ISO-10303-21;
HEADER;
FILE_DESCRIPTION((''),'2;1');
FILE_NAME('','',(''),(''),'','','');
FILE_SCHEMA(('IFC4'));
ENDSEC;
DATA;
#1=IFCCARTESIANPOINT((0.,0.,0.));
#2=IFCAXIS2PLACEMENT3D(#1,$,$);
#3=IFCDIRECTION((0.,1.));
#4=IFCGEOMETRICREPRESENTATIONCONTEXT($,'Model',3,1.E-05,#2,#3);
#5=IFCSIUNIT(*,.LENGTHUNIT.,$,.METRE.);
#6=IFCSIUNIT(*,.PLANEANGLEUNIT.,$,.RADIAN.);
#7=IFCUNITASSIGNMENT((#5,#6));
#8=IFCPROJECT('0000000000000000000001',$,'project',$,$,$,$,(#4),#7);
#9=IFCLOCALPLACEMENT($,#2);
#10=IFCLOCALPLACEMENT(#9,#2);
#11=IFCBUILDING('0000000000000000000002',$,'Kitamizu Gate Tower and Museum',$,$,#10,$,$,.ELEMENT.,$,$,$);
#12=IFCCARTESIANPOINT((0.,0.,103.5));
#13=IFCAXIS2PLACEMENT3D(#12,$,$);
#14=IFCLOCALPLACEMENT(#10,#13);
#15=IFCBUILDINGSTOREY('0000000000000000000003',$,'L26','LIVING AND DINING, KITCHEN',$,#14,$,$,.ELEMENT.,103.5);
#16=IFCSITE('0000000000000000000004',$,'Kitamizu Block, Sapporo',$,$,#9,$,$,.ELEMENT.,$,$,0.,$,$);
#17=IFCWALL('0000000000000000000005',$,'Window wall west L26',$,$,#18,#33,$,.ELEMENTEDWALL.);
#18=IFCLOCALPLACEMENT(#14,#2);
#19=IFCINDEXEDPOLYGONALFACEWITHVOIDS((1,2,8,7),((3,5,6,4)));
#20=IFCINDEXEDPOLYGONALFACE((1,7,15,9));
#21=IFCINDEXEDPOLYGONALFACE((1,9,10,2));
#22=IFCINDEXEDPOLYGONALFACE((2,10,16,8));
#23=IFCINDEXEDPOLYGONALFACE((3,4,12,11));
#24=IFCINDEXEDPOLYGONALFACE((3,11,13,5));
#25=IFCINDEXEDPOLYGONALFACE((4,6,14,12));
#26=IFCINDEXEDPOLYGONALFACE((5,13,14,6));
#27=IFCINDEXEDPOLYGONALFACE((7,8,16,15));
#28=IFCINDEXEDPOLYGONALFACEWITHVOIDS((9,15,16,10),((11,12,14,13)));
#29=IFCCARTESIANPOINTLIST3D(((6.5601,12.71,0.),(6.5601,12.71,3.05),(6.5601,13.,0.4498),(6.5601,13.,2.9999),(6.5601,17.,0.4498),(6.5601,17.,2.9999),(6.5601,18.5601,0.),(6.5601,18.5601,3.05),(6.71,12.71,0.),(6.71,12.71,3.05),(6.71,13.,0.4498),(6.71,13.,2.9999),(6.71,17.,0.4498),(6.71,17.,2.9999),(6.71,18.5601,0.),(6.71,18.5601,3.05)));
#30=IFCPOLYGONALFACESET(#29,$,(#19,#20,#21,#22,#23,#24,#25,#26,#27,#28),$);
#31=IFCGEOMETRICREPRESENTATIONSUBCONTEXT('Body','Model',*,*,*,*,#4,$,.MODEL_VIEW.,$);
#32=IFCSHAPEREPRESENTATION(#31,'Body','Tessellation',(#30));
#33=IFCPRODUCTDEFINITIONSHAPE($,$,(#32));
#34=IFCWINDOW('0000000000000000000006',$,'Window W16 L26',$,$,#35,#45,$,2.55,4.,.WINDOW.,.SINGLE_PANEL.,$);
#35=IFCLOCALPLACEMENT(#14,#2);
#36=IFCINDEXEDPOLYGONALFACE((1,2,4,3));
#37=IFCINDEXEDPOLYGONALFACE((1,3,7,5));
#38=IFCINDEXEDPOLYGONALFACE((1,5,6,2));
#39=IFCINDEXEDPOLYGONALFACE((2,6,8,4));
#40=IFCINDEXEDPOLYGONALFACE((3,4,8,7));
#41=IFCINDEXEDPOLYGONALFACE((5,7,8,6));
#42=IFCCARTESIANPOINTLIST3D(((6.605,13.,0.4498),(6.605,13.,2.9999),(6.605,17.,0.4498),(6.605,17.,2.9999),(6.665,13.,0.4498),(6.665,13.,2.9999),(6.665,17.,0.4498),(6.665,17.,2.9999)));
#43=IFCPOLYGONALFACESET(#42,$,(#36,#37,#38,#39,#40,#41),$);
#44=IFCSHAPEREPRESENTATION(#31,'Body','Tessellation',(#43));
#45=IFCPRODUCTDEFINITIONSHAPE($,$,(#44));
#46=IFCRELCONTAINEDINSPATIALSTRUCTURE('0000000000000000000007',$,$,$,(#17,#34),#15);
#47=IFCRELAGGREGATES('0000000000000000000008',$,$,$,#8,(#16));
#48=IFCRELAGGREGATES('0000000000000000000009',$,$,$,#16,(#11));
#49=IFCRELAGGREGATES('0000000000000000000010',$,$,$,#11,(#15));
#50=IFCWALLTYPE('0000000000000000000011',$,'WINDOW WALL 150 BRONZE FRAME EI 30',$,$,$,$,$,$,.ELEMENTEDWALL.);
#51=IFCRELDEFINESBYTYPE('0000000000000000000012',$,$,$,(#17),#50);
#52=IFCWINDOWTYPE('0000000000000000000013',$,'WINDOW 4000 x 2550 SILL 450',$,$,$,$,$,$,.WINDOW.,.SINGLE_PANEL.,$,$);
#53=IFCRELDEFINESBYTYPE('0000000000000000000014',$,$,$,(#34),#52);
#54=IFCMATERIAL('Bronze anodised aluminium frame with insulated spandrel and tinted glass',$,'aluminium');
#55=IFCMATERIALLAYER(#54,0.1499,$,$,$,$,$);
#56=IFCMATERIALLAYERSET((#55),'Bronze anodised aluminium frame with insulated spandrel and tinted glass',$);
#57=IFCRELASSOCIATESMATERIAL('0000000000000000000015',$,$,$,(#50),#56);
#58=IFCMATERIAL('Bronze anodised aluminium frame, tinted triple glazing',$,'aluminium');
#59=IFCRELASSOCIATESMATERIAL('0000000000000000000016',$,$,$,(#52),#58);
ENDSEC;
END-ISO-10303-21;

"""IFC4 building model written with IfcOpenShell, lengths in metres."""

from ifc_helpers import new_model, si_unit, direction, frame, frame_2d, origin, place, context, subcontext, project, spatial, rectangle, extrude, material, layer, layer_set, type_object, element, fill, save


model = new_model("IFC4")

# Units and contexts
model_context = context("Model", 3, precision=1e-05, world=origin(), true_north=direction((0.0, 1.0)))
body_context = subcontext(model_context, "Body", "Model", "MODEL_VIEW")
ifc_project = project(units=[si_unit("LENGTHUNIT", "METRE"), si_unit("PLANEANGLEUNIT", "RADIAN")], contexts=[model_context])

# Site, building, storey
site_placement = place(None, origin())
site = spatial("IfcSite", under=ifc_project, at=site_placement, Name="Kitamizu Block, Sapporo", CompositionType="ELEMENT", RefElevation=0.0)
building_placement = place(site_placement, origin())
building = spatial("IfcBuilding", under=site, at=building_placement, Name="Kitamizu Gate Tower and Museum", CompositionType="ELEMENT")
storey_placement = place(building_placement, frame((0.0, 0.0, 103.5)))
storey = spatial("IfcBuildingStorey", under=building, at=storey_placement, Name="L26", Description="LIVING AND DINING, KITCHEN", CompositionType="ELEMENT", Elevation=103.5)

# Shared definitions
ifc_material_1 = material(Name="Bronze anodised aluminium frame with insulated spandrel and tinted glass", Category="aluminium")
ifc_layer = layer(ifc_material_1, 0.1499)
ifc_layer_set = layer_set([ifc_layer], Name="Bronze anodised aluminium frame with insulated spandrel and tinted glass")
wall_type = type_object("IfcWallType", Name="WINDOW WALL 150 BRONZE FRAME EI 30", PredefinedType="ELEMENTEDWALL", material=ifc_layer_set)

# Wall, opening, window
wall_1_placement = place(storey_placement, frame((6.635, 12.71, 0.0), z_axis=(0.0, 0.0, 1.0), x_axis=(0.0, 1.0, 0.0)))
wall_1 = element("IfcWall", 1, at=wall_1_placement, inside=storey, type_object=wall_type, Name="Window wall west L26", PredefinedType="ELEMENTEDWALL", context=body_context, shape_type="SweptSolid", body=[
    extrude(rectangle(XDim=5.8501, YDim=0.1499, at=frame_2d((2.925, 0.0))), origin(), (0.0, 0.0, 1.0), 3.05),
])
opening_1_placement = place(wall_1_placement, frame((0.29, 0.0, 0.45)))
opening_1 = element("IfcOpeningElement", 2, at=opening_1_placement, cuts=wall_1, PredefinedType="OPENING", context=body_context, shape_type="SweptSolid", body=[
    extrude(rectangle(XDim=4.0, YDim=2.55, at=frame_2d((2.0, 1.2749))), frame((0.0, 0.085, 0.0), z_axis=(0.0, -1.0, 0.0), x_axis=(1.0, 0.0, 0.0)), (0.0, 0.0, 1.0), 0.1699),
])
ifc_material_2 = material(Name="Bronze anodised aluminium frame, tinted triple glazing", Category="aluminium")
window_type_1 = type_object("IfcWindowType", Name="WINDOW 4000 x 2550 SILL 450", PartitioningType="SINGLE_PANEL", PredefinedType="WINDOW", material=ifc_material_2)
window_1_placement = place(opening_1_placement, origin())
window_1 = element("IfcWindow", 3, at=window_1_placement, inside=storey, type_object=window_type_1, Name="Window W16 L26", OverallHeight=2.55, OverallWidth=4.0, PartitioningType="SINGLE_PANEL", PredefinedType="WINDOW", context=body_context, shape_type="SweptSolid", body=[
    extrude(rectangle(XDim=4.0, YDim=2.55, at=frame_2d((2.0, 1.2749))), frame((0.0, 0.03, 0.0), z_axis=(0.0, -1.0, 0.0), x_axis=(1.0, 0.0, 0.0)), (0.0, 0.0, 1.0), 0.0601),
])
fill(opening_1, window_1)

save(model, "model.ifc")
